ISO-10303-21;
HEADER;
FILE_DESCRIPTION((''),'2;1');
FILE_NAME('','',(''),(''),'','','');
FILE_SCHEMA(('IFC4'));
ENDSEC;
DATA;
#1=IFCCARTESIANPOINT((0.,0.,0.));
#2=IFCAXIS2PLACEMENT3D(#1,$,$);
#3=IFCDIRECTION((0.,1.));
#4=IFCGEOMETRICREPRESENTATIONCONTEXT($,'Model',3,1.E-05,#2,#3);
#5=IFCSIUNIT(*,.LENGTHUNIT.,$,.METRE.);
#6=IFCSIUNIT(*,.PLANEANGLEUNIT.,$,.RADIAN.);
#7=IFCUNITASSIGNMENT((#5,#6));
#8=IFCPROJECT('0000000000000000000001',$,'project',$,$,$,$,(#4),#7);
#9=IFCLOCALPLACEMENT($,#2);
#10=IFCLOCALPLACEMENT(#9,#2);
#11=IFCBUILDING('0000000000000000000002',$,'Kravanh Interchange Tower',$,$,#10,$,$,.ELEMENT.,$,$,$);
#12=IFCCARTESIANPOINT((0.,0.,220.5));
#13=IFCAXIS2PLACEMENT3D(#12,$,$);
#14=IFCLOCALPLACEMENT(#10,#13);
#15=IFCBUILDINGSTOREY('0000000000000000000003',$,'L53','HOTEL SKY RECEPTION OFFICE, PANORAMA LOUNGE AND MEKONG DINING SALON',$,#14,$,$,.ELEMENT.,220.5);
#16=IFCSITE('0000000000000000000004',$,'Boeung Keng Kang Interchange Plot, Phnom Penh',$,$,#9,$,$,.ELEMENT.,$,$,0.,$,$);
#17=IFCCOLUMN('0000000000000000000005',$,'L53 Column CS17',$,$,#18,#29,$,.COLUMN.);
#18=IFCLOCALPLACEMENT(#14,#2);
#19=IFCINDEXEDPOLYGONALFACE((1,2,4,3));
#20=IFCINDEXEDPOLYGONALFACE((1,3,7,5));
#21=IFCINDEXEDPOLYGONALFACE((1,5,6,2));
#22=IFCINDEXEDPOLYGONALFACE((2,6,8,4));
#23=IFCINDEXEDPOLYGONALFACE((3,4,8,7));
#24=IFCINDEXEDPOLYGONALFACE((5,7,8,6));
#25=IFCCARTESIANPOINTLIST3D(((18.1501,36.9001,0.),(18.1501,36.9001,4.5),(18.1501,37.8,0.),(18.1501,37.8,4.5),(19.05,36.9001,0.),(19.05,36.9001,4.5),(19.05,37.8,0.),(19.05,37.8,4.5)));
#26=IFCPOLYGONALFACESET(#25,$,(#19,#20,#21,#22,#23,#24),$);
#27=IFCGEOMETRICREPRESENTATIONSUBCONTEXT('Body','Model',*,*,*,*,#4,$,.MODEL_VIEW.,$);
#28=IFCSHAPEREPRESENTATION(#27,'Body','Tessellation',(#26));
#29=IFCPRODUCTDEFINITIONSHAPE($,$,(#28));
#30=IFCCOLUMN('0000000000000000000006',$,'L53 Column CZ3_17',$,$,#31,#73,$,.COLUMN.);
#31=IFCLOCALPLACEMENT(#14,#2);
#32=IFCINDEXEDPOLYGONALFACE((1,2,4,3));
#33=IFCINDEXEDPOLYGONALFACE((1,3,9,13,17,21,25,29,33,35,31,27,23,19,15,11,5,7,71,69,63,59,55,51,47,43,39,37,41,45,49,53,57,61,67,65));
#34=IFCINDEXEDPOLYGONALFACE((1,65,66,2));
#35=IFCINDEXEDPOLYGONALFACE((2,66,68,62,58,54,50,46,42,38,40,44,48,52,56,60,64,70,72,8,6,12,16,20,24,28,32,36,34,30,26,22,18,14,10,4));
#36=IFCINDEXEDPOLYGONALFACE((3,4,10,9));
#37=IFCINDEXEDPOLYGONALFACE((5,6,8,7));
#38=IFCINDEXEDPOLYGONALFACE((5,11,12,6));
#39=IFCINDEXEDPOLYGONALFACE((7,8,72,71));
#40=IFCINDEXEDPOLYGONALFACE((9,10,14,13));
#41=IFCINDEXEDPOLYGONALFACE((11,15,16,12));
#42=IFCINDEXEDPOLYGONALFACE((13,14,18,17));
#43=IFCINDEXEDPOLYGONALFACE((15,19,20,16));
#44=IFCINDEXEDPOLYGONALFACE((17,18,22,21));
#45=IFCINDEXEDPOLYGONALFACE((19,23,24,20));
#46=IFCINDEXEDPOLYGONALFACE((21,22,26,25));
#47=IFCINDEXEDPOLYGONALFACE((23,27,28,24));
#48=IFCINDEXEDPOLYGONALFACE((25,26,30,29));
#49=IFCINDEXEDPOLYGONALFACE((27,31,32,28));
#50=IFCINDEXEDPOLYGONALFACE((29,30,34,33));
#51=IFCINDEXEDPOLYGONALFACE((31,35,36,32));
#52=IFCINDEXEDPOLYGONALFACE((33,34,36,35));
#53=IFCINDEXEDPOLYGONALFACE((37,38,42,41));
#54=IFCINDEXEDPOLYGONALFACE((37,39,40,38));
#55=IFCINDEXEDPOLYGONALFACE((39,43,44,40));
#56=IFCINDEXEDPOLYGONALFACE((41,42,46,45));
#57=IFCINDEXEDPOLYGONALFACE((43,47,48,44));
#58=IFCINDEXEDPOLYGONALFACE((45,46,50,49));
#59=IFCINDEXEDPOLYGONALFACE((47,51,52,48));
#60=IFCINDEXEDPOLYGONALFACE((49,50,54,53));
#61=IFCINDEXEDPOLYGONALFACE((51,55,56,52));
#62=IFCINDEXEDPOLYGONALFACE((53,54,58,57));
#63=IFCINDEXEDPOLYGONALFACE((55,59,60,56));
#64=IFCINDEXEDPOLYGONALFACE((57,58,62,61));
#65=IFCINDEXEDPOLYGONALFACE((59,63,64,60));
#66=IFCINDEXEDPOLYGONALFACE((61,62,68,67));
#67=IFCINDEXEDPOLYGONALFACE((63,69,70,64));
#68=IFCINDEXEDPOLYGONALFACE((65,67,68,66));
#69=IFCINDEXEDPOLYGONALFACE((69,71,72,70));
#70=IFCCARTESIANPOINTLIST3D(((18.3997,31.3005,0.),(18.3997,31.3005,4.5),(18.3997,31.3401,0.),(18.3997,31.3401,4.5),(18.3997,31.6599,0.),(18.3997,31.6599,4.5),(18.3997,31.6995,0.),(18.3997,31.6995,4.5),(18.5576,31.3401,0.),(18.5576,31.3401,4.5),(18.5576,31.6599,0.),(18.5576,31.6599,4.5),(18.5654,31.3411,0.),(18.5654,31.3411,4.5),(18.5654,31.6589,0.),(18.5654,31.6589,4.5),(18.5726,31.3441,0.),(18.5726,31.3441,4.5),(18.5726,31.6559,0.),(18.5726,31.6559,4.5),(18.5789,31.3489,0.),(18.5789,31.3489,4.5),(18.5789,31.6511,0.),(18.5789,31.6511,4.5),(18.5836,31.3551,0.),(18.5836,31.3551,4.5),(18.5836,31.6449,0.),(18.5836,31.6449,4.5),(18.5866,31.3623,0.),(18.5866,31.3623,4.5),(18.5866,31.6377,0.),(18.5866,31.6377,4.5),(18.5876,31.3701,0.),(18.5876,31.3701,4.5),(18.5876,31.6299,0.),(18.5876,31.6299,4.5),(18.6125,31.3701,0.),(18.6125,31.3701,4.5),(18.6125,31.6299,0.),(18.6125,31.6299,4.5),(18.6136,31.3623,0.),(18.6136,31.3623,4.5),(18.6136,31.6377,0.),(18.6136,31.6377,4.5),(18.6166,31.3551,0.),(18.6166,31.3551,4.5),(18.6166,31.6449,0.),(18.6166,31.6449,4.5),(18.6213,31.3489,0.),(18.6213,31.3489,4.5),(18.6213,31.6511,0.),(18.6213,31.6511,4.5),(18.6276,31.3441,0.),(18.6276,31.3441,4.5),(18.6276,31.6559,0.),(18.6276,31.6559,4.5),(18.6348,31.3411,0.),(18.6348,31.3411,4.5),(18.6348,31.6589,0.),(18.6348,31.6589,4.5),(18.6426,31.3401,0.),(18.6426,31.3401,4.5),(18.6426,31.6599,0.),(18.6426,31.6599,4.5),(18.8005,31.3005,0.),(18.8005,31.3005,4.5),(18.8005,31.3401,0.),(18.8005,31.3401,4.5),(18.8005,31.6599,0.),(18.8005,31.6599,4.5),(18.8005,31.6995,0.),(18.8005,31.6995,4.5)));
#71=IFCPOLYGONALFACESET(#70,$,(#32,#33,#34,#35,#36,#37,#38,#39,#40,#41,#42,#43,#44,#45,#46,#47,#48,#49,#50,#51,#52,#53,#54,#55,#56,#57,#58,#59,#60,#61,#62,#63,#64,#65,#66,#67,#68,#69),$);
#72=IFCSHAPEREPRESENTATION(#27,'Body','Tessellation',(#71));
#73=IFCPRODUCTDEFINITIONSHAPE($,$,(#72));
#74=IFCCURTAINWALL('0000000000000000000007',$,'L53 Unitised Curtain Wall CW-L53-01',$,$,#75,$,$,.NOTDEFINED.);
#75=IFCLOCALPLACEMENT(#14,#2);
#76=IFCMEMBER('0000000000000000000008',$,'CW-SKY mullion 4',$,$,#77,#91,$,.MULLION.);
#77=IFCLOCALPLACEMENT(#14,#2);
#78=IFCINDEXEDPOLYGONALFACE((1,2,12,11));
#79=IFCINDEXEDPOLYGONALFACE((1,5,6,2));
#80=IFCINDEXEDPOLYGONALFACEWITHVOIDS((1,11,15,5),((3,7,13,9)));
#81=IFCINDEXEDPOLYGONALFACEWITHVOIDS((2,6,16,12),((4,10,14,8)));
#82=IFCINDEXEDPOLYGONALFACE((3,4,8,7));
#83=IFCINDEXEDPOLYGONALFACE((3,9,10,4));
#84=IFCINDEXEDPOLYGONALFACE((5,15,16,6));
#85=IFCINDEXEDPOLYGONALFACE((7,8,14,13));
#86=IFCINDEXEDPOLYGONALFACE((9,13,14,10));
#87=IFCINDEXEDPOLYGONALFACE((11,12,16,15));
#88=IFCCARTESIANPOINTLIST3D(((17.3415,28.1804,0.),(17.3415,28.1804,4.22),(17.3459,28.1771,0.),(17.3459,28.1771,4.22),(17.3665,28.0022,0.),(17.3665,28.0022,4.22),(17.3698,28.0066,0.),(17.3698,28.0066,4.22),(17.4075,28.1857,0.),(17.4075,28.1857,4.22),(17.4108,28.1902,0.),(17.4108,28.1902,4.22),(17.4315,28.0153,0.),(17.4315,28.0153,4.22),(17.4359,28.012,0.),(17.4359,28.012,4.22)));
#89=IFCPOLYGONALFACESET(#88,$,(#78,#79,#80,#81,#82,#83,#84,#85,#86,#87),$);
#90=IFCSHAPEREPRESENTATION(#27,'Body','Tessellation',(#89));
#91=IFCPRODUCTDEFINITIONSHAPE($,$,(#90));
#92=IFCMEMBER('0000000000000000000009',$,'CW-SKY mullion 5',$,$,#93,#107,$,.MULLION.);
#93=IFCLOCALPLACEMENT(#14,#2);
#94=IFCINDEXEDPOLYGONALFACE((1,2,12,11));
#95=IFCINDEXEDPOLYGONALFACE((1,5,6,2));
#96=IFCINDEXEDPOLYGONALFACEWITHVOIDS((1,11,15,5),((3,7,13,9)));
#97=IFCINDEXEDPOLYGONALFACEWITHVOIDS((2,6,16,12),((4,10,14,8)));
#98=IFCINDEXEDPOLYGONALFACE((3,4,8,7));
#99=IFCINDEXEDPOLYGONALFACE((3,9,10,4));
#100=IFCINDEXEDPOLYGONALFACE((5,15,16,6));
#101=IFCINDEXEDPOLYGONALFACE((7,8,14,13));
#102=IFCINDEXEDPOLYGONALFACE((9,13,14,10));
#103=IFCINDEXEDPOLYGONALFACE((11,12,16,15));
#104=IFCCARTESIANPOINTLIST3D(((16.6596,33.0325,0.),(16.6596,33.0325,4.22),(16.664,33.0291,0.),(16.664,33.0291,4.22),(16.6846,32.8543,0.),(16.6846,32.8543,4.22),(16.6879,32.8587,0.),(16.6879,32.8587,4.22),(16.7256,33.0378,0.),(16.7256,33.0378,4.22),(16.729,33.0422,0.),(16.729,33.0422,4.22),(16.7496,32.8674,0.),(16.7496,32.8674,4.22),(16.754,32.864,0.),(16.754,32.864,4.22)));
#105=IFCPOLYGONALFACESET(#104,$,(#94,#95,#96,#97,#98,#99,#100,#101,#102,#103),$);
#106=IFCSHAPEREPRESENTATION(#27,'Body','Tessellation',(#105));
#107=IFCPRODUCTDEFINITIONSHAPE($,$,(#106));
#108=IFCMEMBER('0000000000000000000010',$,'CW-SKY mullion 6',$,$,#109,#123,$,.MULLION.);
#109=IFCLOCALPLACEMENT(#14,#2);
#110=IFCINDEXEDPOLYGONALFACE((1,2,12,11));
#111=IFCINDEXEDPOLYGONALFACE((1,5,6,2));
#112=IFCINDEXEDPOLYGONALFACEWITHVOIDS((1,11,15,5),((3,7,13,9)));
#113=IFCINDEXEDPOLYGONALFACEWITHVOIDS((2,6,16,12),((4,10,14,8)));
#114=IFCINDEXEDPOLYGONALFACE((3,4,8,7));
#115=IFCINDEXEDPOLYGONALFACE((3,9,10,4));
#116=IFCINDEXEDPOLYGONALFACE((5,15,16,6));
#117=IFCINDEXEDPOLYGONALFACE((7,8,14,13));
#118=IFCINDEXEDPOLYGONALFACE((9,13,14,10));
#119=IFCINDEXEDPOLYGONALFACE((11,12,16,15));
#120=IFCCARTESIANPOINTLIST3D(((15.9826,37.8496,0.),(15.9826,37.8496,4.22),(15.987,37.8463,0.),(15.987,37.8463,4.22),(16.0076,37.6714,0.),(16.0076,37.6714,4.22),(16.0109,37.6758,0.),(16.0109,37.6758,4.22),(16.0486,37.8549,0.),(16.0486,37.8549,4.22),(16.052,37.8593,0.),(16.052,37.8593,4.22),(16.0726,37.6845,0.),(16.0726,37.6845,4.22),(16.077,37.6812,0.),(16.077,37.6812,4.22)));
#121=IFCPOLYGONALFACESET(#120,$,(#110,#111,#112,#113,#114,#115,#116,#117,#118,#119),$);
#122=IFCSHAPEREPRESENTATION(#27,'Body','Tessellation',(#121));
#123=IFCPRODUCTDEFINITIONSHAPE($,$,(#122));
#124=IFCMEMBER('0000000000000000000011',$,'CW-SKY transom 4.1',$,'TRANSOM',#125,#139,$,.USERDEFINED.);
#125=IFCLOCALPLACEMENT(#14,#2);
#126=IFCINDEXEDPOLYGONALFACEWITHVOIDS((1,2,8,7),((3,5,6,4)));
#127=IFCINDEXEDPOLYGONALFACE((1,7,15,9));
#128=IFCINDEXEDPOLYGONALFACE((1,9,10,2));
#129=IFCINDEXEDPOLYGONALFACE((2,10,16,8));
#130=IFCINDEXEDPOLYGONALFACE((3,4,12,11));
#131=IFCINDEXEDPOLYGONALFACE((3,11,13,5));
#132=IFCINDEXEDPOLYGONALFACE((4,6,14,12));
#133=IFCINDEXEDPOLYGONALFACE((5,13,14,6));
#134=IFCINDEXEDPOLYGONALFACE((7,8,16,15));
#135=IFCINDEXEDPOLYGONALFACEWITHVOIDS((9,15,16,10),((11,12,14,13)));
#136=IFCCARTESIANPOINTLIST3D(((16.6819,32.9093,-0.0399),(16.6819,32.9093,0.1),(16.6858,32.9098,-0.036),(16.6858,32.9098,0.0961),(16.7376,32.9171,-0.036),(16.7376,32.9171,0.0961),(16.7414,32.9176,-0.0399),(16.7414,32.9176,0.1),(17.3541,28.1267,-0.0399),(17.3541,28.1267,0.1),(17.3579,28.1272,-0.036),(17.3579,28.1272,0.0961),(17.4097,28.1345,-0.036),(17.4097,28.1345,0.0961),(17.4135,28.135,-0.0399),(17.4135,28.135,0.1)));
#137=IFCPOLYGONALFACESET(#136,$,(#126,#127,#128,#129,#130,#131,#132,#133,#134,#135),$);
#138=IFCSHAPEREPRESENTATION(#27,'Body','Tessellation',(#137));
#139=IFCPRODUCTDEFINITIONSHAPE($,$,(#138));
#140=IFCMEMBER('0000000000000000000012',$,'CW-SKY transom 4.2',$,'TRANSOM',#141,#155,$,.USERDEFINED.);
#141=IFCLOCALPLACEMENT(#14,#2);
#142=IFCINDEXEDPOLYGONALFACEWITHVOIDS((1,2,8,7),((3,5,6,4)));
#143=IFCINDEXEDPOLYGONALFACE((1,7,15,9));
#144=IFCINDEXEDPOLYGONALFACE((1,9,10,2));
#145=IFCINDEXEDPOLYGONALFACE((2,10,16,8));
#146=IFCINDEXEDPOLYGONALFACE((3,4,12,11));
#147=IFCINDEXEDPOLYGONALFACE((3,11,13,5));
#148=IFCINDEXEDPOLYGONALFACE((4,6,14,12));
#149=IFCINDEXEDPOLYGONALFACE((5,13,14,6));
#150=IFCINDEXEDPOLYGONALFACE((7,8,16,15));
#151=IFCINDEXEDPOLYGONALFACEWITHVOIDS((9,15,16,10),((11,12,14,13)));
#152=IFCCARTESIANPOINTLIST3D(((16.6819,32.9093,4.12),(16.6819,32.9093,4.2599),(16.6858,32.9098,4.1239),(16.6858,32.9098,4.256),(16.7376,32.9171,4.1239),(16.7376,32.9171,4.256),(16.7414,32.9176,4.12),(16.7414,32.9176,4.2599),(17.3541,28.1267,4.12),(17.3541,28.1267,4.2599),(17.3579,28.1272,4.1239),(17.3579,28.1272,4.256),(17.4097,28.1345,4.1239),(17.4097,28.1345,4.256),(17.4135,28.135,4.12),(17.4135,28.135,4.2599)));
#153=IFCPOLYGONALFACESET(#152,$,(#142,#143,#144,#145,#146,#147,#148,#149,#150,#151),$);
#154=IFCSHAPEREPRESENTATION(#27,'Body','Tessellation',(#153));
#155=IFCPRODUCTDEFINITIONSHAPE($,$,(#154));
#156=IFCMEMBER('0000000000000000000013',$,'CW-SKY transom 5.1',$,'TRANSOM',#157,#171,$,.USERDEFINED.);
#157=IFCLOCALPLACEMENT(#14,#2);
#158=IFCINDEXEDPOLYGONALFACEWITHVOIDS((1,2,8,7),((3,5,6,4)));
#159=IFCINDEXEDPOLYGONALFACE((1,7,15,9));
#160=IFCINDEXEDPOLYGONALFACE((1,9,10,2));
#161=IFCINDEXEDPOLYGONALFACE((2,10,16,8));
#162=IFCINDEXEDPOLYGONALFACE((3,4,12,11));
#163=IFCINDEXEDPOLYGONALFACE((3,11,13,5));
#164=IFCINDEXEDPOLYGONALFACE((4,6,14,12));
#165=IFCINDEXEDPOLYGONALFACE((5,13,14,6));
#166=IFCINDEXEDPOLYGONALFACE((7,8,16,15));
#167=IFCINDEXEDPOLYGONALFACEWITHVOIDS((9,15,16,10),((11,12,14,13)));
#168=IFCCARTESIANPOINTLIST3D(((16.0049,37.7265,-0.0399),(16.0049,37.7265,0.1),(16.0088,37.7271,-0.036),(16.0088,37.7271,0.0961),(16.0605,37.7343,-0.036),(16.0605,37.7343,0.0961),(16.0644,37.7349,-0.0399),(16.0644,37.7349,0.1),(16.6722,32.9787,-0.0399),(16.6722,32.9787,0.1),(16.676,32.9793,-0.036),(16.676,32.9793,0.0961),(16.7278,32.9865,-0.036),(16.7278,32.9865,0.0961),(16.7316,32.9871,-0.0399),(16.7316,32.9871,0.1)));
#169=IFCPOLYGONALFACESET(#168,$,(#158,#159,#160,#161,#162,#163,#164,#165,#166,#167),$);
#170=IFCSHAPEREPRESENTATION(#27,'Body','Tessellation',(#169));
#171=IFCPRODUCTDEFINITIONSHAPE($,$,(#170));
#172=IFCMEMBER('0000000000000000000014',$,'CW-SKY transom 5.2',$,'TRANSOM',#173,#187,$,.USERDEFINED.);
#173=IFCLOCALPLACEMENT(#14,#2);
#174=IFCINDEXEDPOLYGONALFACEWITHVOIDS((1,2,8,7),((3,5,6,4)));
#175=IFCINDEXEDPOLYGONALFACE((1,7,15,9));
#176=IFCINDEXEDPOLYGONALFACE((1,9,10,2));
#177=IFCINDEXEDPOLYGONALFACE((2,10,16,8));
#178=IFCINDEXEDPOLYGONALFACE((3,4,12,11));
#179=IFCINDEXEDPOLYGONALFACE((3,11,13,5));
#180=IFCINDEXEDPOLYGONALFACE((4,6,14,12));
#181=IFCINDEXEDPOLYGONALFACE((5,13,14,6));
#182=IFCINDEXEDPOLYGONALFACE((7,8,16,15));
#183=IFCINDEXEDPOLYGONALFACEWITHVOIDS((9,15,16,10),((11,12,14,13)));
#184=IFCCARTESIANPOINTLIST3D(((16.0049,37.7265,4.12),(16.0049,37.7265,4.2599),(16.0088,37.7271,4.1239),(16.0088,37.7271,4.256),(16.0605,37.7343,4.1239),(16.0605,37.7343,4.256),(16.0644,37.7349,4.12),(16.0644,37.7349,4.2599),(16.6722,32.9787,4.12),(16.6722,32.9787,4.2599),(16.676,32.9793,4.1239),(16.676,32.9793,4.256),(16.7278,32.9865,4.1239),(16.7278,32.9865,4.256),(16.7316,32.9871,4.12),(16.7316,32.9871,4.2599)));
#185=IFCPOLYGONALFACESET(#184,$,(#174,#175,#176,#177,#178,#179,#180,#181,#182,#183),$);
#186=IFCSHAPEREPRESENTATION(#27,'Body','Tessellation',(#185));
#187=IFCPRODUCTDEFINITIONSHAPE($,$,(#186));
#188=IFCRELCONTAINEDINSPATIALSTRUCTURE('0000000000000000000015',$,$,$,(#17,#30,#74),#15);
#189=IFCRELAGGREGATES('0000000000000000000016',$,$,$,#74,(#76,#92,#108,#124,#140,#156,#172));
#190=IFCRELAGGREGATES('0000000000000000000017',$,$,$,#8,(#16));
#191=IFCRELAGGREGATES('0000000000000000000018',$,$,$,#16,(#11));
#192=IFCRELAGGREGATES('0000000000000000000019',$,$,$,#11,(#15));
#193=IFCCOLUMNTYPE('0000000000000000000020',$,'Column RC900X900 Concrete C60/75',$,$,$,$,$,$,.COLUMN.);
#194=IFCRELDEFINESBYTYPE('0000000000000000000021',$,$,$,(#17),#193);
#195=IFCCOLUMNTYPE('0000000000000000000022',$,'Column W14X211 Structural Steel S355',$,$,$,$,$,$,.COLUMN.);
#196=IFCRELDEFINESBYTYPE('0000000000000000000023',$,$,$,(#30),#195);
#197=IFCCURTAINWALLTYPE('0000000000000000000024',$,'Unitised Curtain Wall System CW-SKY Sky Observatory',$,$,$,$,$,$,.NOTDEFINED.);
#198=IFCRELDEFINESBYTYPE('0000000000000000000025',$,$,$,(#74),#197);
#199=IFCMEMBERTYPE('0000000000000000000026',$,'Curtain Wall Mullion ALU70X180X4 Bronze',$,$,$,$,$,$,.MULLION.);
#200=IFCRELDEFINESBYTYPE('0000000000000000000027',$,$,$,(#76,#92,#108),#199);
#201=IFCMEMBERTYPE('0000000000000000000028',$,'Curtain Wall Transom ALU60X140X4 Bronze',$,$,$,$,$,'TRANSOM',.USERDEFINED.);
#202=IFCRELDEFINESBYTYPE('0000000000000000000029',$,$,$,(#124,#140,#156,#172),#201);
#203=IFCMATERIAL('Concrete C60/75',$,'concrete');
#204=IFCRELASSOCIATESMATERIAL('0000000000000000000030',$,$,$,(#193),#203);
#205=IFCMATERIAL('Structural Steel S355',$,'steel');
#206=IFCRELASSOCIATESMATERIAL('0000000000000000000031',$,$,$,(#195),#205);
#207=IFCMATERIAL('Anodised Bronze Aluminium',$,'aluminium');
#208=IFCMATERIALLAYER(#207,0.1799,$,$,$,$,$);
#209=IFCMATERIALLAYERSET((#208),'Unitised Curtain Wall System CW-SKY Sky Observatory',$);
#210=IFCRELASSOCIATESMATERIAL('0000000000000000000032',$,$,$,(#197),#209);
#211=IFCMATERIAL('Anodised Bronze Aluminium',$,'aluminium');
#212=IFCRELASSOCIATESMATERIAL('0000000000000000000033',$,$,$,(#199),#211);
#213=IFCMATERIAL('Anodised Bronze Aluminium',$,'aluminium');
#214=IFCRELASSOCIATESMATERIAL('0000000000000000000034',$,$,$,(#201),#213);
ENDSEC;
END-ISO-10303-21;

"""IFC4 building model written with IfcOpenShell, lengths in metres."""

from ifc_helpers import new_model, si_unit, direction, frame, origin, origin_2d, place, context, subcontext, project, spatial, rectangle, hollow_rectangle, i_section, extrude, material, layer, layer_set, material_profile, profile_set, type_object, element, aggregate, save


model = new_model("IFC4")

# Units and contexts
model_context = context("Model", 3, precision=1e-05, world=origin(), true_north=direction((0.0, 1.0)))
body_context = subcontext(model_context, "Body", "Model", "MODEL_VIEW")
ifc_project = project(units=[si_unit("LENGTHUNIT", "METRE"), si_unit("PLANEANGLEUNIT", "RADIAN")], contexts=[model_context])

# Site, building, storey
site_placement = place(None, origin())
site = spatial("IfcSite", under=ifc_project, at=site_placement, Name="Boeung Keng Kang Interchange Plot, Phnom Penh", CompositionType="ELEMENT", RefElevation=0.0)
building_placement = place(site_placement, origin())
building = spatial("IfcBuilding", under=site, at=building_placement, Name="Kravanh Interchange Tower", CompositionType="ELEMENT")
storey_placement = place(building_placement, frame((0.0, 0.0, 220.5)))
storey = spatial("IfcBuildingStorey", under=building, at=storey_placement, Name="L53", Description="HOTEL SKY RECEPTION OFFICE, PANORAMA LOUNGE AND MEKONG DINING SALON", CompositionType="ELEMENT", Elevation=220.5)

# Columns
ifc_material_1 = material(Name="Concrete C60/75", Category="concrete")
ifc_material_profile_1 = material_profile(ifc_material_1, rectangle(XDim=0.8999, YDim=0.8999, at=origin_2d()), Name="RC900X900")
ifc_profile_set_1 = profile_set([ifc_material_profile_1], Name="Concrete C60/75")
column_type_1 = type_object("IfcColumnType", Name="Column RC900X900 Concrete C60/75", PredefinedType="COLUMN", material=ifc_profile_set_1)
column_1_placement = place(storey_placement, frame((18.6001, 37.3501, 0.0), z_axis=(0.0, 0.0, 1.0), x_axis=(1.0, 0.0, 0.0)))
element("IfcColumn", 1, at=column_1_placement, inside=storey, type_object=column_type_1, Name="L53 Column CS17", PredefinedType="COLUMN", context=body_context, shape_type="SweptSolid", body=[
    extrude(rectangle(XDim=0.8999, YDim=0.8999, at=origin_2d()), origin(), (0.0, 0.0, 1.0), 4.5),
])
ifc_material_2 = material(Name="Structural Steel S355", Category="steel")
ifc_material_profile_2 = material_profile(ifc_material_2, i_section(OverallWidth=0.4009, OverallDepth=0.3989, WebThickness=0.0249, FlangeThickness=0.0396, FilletRadius=0.03, at=origin_2d()), Name="W14X211")
ifc_profile_set_2 = profile_set([ifc_material_profile_2], Name="Structural Steel S355")
column_type_2 = type_object("IfcColumnType", Name="Column W14X211 Structural Steel S355", PredefinedType="COLUMN", material=ifc_profile_set_2)
column_2_placement = place(storey_placement, frame((18.6001, 31.5, 0.0), z_axis=(0.0, 0.0, 1.0), x_axis=(1.0, 0.0, 0.0)))
element("IfcColumn", 2, at=column_2_placement, inside=storey, type_object=column_type_2, Name="L53 Column CZ3_17", PredefinedType="COLUMN", context=body_context, shape_type="SweptSolid", body=[
    extrude(i_section(OverallWidth=0.4009, OverallDepth=0.3989, WebThickness=0.0249, FlangeThickness=0.0396, FilletRadius=0.03, at=origin_2d()), origin(), (0.0, 0.0, 1.0), 4.5),
])

# Curtain wall, members
ifc_material_3 = material(Name="Anodised Bronze Aluminium", Category="aluminium")
ifc_layer_1 = layer(ifc_material_3, 0.1799)
ifc_layer_set_1 = layer_set([ifc_layer_1], Name="Unitised Curtain Wall System CW-SKY Sky Observatory")
curtain_wall_type = type_object("IfcCurtainWallType", Name="Unitised Curtain Wall System CW-SKY Sky Observatory", PredefinedType="NOTDEFINED", material=ifc_layer_set_1)
curtain_wall_placement = place(storey_placement, origin())
curtain_wall = element("IfcCurtainWall", 3, at=curtain_wall_placement, inside=storey, type_object=curtain_wall_type, Name="L53 Unitised Curtain Wall CW-L53-01", PredefinedType="NOTDEFINED")
ifc_material_4 = material(Name="Anodised Bronze Aluminium", Category="aluminium")
ifc_material_profile_3 = material_profile(ifc_material_4, hollow_rectangle(XDim=0.0701, YDim=0.1799, WallThickness=0.0039, at=origin_2d()), Name="ALU70X180X4")
ifc_profile_set_3 = profile_set([ifc_material_profile_3], Name="Anodised Bronze Aluminium")
member_type_1 = type_object("IfcMemberType", Name="Curtain Wall Mullion ALU70X180X4 Bronze", PredefinedType="MULLION", material=ifc_profile_set_3)
member_1_placement = place(storey_placement, frame((17.3887, 28.0962, 0.0), z_axis=(0.0, 0.0, 1.0), x_axis=(-0.990268, -0.139172, 0.0)))
member_1 = element("IfcMember", 4, at=member_1_placement, type_object=member_type_1, Name="CW-SKY mullion 4", PredefinedType="MULLION", context=body_context, shape_type="SweptSolid", body=[
    extrude(hollow_rectangle(XDim=0.0701, YDim=0.1799, WallThickness=0.0039, at=origin_2d()), origin(), (0.0, 0.0, 1.0), 4.22),
])
member_2_placement = place(storey_placement, frame((16.7068, 32.9482, 0.0), z_axis=(0.0, 0.0, 1.0), x_axis=(-0.990268, -0.139172, 0.0)))
member_2 = element("IfcMember", 5, at=member_2_placement, type_object=member_type_1, Name="CW-SKY mullion 5", PredefinedType="MULLION", context=body_context, shape_type="SweptSolid", body=[
    extrude(hollow_rectangle(XDim=0.0701, YDim=0.1799, WallThickness=0.0039, at=origin_2d()), origin(), (0.0, 0.0, 1.0), 4.22),
])
member_3_placement = place(storey_placement, frame((16.0298, 37.7654, 0.0), z_axis=(0.0, 0.0, 1.0), x_axis=(-0.990268, -0.139172, 0.0)))
member_3 = element("IfcMember", 6, at=member_3_placement, type_object=member_type_1, Name="CW-SKY mullion 6", PredefinedType="MULLION", context=body_context, shape_type="SweptSolid", body=[
    extrude(hollow_rectangle(XDim=0.0701, YDim=0.1799, WallThickness=0.0039, at=origin_2d()), origin(), (0.0, 0.0, 1.0), 4.22),
])
ifc_material_5 = material(Name="Anodised Bronze Aluminium", Category="aluminium")
ifc_material_profile_4 = material_profile(ifc_material_5, hollow_rectangle(XDim=0.0601, YDim=0.1399, WallThickness=0.0039, at=origin_2d()), Name="ALU60X140X4")
ifc_profile_set_4 = profile_set([ifc_material_profile_4], Name="Anodised Bronze Aluminium")
member_type_2 = type_object("IfcMemberType", Name="Curtain Wall Transom ALU60X140X4 Bronze", ElementType="TRANSOM", PredefinedType="USERDEFINED", material=ifc_profile_set_4)
member_4_placement = place(storey_placement, frame((17.3838, 28.1309, 0.03), z_axis=(-0.139163, 0.990269, 0.0), x_axis=(-0.990269, -0.139163, 0.0)))
member_4 = element("IfcMember", 7, at=member_4_placement, type_object=member_type_2, Name="CW-SKY transom 4.1", ObjectType="TRANSOM", PredefinedType="USERDEFINED", context=body_context, shape_type="SweptSolid", body=[
    extrude(hollow_rectangle(XDim=0.0601, YDim=0.1399, WallThickness=0.0039, at=origin_2d()), origin(), (0.0, 0.0, 1.0), 4.8296),
])
member_5_placement = place(storey_placement, frame((17.3838, 28.1309, 4.1899), z_axis=(-0.139163, 0.990269, 0.0), x_axis=(-0.990269, -0.139163, 0.0)))
member_5 = element("IfcMember", 8, at=member_5_placement, type_object=member_type_2, Name="CW-SKY transom 4.2", ObjectType="TRANSOM", PredefinedType="USERDEFINED", context=body_context, shape_type="SweptSolid", body=[
    extrude(hollow_rectangle(XDim=0.0601, YDim=0.1399, WallThickness=0.0039, at=origin_2d()), origin(), (0.0, 0.0, 1.0), 4.8296),
])
member_6_placement = place(storey_placement, frame((16.7019, 32.9829, 0.03), z_axis=(-0.139168, 0.990269, 0.0), x_axis=(-0.990269, -0.139168, 0.0)))
member_6 = element("IfcMember", 9, at=member_6_placement, type_object=member_type_2, Name="CW-SKY transom 5.1", ObjectType="TRANSOM", PredefinedType="USERDEFINED", context=body_context, shape_type="SweptSolid", body=[
    extrude(hollow_rectangle(XDim=0.0601, YDim=0.1399, WallThickness=0.0039, at=origin_2d()), origin(), (0.0, 0.0, 1.0), 4.7944),
])
member_7_placement = place(storey_placement, frame((16.7019, 32.9829, 4.1899), z_axis=(-0.139168, 0.990269, 0.0), x_axis=(-0.990269, -0.139168, 0.0)))
member_7 = element("IfcMember", 10, at=member_7_placement, type_object=member_type_2, Name="CW-SKY transom 5.2", ObjectType="TRANSOM", PredefinedType="USERDEFINED", context=body_context, shape_type="SweptSolid", body=[
    extrude(hollow_rectangle(XDim=0.0601, YDim=0.1399, WallThickness=0.0039, at=origin_2d()), origin(), (0.0, 0.0, 1.0), 4.7944),
])

aggregate(curtain_wall, [member_1, member_2, member_3, member_4, member_5, member_6, member_7])

save(model, "model.ifc")
